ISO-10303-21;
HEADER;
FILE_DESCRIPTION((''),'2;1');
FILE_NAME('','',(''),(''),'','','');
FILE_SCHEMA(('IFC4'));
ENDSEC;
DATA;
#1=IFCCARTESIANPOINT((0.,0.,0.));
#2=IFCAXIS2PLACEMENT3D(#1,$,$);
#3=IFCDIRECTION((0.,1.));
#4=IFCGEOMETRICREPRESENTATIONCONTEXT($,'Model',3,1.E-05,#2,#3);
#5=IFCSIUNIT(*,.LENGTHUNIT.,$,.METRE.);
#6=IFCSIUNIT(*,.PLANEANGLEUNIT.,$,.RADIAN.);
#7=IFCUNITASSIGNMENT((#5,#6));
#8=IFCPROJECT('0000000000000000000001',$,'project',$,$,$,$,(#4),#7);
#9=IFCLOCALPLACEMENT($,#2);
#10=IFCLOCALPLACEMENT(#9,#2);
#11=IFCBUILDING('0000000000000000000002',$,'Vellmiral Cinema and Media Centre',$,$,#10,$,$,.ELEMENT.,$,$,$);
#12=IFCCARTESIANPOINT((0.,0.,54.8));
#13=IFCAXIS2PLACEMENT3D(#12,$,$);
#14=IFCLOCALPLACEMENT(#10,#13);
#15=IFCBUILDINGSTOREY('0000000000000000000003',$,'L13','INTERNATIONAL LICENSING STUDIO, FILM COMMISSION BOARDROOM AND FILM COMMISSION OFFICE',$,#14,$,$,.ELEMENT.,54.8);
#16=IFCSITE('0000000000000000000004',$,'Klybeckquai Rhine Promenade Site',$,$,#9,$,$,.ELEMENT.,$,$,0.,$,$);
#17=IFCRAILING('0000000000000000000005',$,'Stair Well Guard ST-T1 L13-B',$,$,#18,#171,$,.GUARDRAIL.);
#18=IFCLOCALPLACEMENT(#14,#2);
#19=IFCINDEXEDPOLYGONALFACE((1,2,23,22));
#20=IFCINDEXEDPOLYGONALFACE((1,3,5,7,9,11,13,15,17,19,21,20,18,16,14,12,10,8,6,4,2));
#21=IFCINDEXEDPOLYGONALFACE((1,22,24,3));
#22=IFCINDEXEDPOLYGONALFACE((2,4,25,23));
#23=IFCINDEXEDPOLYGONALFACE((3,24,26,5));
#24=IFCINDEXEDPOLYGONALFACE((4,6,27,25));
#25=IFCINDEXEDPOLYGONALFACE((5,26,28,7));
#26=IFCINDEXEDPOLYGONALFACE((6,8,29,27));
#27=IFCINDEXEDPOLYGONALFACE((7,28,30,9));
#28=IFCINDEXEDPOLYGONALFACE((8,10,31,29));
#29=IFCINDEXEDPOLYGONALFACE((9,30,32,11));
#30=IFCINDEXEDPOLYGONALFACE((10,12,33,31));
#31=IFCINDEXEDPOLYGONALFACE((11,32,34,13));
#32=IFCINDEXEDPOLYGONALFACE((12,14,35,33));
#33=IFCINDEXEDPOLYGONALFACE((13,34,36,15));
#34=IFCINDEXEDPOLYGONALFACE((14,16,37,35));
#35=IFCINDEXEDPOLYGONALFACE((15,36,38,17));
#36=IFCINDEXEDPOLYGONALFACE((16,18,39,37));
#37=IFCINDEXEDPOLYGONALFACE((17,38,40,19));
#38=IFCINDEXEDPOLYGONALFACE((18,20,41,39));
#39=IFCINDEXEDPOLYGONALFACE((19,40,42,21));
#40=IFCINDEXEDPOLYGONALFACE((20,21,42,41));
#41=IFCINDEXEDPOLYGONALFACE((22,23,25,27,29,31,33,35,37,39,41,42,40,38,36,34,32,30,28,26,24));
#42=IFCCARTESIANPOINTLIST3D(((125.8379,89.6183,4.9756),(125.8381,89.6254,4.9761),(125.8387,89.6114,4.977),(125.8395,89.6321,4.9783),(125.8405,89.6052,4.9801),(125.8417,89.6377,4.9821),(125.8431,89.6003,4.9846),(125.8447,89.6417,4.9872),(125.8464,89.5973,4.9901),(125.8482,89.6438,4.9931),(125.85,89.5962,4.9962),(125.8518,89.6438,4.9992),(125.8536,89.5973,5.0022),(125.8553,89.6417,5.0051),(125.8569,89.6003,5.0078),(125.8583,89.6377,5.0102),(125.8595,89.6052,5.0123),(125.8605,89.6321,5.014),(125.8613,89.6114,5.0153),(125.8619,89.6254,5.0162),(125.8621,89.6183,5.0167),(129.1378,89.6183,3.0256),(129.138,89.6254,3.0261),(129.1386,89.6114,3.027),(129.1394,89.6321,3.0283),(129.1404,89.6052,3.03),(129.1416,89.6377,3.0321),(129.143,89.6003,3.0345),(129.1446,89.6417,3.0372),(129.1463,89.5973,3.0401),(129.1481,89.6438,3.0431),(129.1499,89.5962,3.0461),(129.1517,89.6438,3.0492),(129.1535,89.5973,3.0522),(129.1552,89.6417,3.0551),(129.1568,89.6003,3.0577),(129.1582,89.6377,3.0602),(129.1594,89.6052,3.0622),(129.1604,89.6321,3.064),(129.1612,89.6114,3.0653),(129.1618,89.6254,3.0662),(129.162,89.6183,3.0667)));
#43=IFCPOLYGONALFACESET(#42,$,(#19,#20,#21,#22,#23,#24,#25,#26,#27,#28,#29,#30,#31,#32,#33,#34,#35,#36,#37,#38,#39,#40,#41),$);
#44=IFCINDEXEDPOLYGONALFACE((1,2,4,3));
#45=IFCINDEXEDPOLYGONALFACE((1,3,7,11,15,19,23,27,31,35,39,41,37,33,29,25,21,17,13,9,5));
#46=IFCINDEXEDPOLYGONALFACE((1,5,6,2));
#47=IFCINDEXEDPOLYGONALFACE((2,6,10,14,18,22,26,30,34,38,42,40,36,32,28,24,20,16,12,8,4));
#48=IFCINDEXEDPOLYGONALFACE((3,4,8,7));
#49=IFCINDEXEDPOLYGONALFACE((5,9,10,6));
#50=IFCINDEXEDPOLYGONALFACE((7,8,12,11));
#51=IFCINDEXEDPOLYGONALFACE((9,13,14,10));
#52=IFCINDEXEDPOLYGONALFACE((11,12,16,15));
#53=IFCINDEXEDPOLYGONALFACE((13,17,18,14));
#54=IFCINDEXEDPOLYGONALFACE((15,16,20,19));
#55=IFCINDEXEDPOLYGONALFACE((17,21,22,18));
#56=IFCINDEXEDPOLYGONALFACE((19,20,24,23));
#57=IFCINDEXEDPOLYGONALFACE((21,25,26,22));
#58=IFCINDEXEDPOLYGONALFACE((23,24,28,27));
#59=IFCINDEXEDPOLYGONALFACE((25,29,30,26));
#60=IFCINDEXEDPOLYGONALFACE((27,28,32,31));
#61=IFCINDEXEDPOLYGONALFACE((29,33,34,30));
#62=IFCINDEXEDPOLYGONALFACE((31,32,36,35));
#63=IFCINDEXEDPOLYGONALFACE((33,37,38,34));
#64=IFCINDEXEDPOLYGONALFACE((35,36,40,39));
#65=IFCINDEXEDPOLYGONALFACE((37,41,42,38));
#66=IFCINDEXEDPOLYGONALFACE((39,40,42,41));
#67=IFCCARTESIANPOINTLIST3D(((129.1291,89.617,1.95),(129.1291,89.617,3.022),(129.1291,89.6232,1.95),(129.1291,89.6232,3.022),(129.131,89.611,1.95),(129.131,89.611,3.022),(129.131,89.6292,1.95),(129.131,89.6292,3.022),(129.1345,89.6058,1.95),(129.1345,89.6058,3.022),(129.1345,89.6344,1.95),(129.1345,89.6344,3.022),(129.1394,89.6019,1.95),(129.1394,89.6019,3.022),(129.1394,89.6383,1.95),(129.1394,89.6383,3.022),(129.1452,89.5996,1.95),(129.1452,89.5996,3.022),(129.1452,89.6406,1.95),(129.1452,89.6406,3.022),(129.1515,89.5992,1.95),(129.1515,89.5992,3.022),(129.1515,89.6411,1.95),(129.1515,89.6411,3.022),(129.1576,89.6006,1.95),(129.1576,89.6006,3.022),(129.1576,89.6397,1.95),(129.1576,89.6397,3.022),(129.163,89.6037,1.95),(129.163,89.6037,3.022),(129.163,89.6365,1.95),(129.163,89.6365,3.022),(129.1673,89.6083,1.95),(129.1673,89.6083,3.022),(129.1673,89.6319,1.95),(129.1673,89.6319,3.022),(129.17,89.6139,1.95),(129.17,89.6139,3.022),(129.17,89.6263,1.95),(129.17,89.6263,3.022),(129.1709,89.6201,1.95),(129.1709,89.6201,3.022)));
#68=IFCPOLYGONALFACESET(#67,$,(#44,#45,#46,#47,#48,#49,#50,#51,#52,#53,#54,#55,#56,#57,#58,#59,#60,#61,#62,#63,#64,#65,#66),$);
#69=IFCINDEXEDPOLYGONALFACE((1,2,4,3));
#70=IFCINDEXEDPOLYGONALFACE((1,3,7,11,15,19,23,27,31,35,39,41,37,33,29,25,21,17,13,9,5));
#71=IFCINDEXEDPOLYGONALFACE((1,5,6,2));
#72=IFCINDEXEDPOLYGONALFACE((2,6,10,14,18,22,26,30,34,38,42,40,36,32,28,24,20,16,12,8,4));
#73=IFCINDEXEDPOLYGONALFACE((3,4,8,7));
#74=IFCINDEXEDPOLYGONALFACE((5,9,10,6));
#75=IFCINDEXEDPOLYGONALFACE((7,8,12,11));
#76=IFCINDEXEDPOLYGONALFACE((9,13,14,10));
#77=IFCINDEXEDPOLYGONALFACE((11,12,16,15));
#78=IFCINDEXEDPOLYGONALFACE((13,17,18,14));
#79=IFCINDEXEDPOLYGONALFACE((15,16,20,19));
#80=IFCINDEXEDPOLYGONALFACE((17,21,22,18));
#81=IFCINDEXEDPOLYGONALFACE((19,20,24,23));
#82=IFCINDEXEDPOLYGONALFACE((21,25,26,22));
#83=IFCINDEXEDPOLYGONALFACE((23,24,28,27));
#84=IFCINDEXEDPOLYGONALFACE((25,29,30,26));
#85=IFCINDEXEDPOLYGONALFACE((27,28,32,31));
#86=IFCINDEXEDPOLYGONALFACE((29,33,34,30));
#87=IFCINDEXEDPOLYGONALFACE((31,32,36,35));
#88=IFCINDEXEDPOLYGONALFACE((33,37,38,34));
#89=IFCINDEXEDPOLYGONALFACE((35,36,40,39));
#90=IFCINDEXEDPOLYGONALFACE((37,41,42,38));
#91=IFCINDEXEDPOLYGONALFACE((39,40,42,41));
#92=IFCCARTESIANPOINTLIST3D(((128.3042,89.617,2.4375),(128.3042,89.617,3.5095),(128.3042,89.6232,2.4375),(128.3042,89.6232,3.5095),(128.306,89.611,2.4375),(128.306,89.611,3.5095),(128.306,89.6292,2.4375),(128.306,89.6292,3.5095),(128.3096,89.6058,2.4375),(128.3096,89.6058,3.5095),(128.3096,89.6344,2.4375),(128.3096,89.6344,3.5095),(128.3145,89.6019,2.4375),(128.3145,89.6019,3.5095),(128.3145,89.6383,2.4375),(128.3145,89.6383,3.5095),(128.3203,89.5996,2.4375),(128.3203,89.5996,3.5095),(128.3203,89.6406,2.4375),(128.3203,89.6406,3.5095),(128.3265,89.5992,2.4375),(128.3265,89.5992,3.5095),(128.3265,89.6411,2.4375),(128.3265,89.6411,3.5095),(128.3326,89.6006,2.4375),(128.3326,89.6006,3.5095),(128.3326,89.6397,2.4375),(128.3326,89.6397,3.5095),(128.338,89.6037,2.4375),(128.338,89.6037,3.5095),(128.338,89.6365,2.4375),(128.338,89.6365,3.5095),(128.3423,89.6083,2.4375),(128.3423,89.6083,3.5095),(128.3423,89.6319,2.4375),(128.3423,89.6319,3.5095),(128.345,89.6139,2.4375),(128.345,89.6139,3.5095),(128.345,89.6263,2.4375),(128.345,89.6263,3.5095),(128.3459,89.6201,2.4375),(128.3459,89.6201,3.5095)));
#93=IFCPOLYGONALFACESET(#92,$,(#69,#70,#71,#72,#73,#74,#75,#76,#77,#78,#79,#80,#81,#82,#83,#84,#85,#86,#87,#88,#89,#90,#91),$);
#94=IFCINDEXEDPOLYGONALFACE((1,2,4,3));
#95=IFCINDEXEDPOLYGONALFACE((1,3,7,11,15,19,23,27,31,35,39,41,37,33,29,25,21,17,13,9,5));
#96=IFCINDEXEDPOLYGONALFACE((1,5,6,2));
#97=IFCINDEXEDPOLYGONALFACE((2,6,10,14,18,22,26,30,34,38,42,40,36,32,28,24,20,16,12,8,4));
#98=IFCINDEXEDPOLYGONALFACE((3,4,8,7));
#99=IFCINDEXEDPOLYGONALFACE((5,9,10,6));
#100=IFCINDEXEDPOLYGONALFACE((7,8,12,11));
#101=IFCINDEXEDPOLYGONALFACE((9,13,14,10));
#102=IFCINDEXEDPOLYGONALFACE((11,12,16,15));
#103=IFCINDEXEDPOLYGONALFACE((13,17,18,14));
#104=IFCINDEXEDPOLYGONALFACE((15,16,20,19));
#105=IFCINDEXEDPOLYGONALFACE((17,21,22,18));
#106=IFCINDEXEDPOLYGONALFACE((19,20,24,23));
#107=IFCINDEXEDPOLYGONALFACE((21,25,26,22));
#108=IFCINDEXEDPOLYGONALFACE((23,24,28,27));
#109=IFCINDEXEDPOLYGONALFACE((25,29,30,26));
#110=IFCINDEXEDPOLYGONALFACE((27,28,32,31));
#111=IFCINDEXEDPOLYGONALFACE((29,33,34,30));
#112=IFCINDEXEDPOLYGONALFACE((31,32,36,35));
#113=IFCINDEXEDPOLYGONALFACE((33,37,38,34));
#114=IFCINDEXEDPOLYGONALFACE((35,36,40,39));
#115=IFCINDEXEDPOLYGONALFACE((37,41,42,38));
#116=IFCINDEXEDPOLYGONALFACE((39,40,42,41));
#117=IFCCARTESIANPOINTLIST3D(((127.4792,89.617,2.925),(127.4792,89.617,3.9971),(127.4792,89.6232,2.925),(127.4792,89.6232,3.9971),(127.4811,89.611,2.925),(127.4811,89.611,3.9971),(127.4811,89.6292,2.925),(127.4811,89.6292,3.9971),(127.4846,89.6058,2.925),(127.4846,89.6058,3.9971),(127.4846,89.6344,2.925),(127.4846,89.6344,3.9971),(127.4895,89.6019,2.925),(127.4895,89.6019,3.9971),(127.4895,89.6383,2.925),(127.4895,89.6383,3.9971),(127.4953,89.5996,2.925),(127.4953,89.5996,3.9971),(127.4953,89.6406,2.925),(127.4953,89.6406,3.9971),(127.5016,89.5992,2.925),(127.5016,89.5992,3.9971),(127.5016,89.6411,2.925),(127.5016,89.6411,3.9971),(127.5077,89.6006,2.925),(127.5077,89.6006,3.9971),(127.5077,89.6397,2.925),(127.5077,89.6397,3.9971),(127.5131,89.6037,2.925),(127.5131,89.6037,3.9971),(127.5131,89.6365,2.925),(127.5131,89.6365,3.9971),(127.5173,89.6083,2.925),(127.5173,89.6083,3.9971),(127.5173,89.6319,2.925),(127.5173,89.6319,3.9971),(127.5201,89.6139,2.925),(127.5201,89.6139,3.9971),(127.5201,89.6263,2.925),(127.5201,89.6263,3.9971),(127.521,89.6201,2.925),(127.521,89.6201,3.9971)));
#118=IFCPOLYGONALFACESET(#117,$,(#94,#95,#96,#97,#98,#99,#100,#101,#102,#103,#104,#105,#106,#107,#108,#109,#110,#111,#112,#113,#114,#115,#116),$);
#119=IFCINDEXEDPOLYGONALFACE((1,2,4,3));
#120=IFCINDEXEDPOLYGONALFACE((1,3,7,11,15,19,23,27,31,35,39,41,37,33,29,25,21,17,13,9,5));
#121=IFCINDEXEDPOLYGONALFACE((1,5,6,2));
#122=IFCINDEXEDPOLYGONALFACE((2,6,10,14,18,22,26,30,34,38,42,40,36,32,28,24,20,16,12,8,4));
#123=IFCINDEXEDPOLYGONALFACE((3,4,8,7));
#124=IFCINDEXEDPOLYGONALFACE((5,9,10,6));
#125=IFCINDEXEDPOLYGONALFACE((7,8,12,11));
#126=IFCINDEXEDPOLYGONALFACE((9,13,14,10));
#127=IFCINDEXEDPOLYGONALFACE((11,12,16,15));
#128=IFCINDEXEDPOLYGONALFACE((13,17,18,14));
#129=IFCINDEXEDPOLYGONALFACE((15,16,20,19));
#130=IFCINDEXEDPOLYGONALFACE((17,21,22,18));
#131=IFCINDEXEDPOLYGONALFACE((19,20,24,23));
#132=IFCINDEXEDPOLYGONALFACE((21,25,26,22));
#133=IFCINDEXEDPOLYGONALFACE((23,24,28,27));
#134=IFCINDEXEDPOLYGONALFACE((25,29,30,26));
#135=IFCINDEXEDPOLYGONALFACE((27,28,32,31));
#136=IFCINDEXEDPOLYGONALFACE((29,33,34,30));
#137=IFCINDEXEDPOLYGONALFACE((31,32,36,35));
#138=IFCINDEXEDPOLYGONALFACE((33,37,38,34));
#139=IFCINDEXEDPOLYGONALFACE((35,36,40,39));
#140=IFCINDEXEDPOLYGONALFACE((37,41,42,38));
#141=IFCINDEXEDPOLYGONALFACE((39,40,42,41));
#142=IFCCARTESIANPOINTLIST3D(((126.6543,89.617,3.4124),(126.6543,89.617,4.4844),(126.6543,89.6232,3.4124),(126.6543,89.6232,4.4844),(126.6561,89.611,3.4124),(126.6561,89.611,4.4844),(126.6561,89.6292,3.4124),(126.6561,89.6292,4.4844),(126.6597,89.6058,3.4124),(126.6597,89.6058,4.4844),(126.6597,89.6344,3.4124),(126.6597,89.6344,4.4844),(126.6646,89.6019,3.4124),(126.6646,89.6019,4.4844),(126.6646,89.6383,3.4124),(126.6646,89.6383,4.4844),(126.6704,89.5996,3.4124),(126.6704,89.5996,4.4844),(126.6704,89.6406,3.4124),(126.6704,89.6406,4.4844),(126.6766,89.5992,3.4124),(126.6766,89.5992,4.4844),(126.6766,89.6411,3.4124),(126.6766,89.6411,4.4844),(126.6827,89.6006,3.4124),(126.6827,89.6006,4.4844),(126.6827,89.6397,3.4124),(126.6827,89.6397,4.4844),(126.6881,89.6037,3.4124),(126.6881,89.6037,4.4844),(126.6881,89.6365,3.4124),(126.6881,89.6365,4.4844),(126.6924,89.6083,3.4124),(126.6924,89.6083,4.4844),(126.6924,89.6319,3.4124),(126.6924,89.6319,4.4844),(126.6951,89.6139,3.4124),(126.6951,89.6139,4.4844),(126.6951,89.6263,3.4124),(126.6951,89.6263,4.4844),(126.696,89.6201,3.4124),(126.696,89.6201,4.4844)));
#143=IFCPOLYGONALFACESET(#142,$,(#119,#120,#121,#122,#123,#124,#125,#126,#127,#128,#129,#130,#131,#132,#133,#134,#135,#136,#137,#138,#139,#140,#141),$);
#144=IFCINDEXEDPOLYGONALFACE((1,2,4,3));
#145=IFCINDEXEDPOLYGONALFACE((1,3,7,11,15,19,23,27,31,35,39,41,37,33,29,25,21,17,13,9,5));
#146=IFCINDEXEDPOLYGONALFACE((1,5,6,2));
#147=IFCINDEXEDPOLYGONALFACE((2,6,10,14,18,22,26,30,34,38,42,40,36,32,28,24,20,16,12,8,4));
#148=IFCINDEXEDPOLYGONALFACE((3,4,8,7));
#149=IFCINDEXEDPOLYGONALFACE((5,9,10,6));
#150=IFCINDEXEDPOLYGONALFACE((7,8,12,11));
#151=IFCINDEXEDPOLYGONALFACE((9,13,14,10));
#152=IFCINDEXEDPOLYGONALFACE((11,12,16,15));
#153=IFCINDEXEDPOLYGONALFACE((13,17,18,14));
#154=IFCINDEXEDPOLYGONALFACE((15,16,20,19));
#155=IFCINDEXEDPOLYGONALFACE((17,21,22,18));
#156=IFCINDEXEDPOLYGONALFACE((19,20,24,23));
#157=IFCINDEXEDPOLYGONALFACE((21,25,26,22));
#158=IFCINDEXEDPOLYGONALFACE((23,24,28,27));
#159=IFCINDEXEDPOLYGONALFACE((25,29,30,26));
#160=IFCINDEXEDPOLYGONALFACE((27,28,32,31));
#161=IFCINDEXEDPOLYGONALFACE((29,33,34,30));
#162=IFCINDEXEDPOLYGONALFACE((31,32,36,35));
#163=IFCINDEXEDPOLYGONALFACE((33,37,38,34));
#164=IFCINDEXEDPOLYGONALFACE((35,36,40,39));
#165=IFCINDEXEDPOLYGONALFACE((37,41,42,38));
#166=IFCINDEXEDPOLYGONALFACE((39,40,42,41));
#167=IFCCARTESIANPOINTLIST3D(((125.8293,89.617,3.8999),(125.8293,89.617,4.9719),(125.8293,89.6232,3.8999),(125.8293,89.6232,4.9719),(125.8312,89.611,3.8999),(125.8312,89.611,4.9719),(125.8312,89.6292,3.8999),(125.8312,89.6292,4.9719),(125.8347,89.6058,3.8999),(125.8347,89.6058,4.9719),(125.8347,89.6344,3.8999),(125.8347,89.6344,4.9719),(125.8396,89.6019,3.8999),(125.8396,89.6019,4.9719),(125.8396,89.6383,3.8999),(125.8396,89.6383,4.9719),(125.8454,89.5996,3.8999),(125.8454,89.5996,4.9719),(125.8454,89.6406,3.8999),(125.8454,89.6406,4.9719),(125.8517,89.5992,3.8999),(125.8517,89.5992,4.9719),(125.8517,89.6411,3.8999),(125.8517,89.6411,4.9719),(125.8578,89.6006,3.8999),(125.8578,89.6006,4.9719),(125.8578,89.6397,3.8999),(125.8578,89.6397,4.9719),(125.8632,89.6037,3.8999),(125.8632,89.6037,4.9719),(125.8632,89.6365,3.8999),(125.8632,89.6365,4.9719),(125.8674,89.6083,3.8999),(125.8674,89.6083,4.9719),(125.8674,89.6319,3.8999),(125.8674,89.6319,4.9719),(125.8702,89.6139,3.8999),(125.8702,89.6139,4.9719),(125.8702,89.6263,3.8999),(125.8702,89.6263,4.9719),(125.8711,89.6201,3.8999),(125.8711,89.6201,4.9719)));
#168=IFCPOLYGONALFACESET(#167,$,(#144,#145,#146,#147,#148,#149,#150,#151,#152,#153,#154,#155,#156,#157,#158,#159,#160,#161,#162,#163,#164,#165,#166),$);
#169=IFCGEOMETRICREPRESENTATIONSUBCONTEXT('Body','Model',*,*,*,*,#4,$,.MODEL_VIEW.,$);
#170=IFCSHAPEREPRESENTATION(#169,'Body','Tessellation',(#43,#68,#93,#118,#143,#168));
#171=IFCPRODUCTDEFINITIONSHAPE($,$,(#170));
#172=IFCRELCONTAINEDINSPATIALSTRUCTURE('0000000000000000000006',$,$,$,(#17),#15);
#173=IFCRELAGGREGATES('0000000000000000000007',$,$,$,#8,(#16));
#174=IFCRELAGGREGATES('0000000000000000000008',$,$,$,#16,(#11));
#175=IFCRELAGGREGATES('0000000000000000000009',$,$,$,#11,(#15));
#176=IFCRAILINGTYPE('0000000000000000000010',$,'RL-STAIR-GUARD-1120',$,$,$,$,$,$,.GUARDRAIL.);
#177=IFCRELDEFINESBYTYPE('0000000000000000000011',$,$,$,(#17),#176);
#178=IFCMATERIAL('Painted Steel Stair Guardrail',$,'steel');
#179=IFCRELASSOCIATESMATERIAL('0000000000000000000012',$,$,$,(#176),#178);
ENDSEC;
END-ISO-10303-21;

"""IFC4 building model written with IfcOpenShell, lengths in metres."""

from ifc_helpers import new_model, si_unit, direction, frame, origin, origin_2d, place, context, subcontext, project, spatial, circle, extrude, material, type_object, element, save


model = new_model("IFC4")

# Units and contexts
model_context = context("Model", 3, precision=1e-05, world=origin(), true_north=direction((0.0, 1.0)))
body_context = subcontext(model_context, "Body", "Model", "MODEL_VIEW")
ifc_project = project(units=[si_unit("LENGTHUNIT", "METRE"), si_unit("PLANEANGLEUNIT", "RADIAN")], contexts=[model_context])

# Site, building, storey
site_placement = place(None, origin())
site = spatial("IfcSite", under=ifc_project, at=site_placement, Name="Klybeckquai Rhine Promenade Site", CompositionType="ELEMENT", RefElevation=0.0)
building_placement = place(site_placement, origin())
building = spatial("IfcBuilding", under=site, at=building_placement, Name="Vellmiral Cinema and Media Centre", CompositionType="ELEMENT")
storey_placement = place(building_placement, frame((0.0, 0.0, 54.8)))
storey = spatial("IfcBuildingStorey", under=building, at=storey_placement, Name="L13", Description="INTERNATIONAL LICENSING STUDIO, FILM COMMISSION BOARDROOM AND FILM COMMISSION OFFICE", CompositionType="ELEMENT", Elevation=54.8)

# Railing
ifc_material_1 = material(Name="Painted Steel Stair Guardrail", Category="steel")
railing_type_1 = type_object("IfcRailingType", Name="RL-STAIR-GUARD-1120", PredefinedType="GUARDRAIL", material=ifc_material_1)
railing_1_placement = place(storey_placement, frame((129.1499, 89.6201, 1.95)))
element("IfcRailing", 1, at=railing_1_placement, inside=storey, type_object=railing_type_1, Name="Stair Well Guard ST-T1 L13-B", PredefinedType="GUARDRAIL", context=body_context, shape_type="SweptSolid", body=[
    extrude(circle(Radius=0.0239, at=origin_2d()), frame((0.0, 0.0, 1.0962), z_axis=(-0.860919, 0.0, 0.508742), x_axis=(0.0, -1.0, 0.0)), (0.0, 0.0, 1.0), 3.833),
    extrude(circle(Radius=0.021, at=origin_2d()), origin(), (0.0, 0.0, 1.0), 1.072),
    extrude(circle(Radius=0.021, at=origin_2d()), frame((-0.825, 0.0, 0.4875)), (0.0, 0.0, 1.0), 1.072),
    extrude(circle(Radius=0.021, at=origin_2d()), frame((-1.6499, 0.0, 0.9751)), (0.0, 0.0, 1.0), 1.072),
    extrude(circle(Radius=0.021, at=origin_2d()), frame((-2.4749, 0.0, 1.4624)), (0.0, 0.0, 1.0), 1.072),
    extrude(circle(Radius=0.021, at=origin_2d()), frame((-3.2998, 0.0, 1.95)), (0.0, 0.0, 1.0), 1.072),
])

save(model, "model.ifc")
